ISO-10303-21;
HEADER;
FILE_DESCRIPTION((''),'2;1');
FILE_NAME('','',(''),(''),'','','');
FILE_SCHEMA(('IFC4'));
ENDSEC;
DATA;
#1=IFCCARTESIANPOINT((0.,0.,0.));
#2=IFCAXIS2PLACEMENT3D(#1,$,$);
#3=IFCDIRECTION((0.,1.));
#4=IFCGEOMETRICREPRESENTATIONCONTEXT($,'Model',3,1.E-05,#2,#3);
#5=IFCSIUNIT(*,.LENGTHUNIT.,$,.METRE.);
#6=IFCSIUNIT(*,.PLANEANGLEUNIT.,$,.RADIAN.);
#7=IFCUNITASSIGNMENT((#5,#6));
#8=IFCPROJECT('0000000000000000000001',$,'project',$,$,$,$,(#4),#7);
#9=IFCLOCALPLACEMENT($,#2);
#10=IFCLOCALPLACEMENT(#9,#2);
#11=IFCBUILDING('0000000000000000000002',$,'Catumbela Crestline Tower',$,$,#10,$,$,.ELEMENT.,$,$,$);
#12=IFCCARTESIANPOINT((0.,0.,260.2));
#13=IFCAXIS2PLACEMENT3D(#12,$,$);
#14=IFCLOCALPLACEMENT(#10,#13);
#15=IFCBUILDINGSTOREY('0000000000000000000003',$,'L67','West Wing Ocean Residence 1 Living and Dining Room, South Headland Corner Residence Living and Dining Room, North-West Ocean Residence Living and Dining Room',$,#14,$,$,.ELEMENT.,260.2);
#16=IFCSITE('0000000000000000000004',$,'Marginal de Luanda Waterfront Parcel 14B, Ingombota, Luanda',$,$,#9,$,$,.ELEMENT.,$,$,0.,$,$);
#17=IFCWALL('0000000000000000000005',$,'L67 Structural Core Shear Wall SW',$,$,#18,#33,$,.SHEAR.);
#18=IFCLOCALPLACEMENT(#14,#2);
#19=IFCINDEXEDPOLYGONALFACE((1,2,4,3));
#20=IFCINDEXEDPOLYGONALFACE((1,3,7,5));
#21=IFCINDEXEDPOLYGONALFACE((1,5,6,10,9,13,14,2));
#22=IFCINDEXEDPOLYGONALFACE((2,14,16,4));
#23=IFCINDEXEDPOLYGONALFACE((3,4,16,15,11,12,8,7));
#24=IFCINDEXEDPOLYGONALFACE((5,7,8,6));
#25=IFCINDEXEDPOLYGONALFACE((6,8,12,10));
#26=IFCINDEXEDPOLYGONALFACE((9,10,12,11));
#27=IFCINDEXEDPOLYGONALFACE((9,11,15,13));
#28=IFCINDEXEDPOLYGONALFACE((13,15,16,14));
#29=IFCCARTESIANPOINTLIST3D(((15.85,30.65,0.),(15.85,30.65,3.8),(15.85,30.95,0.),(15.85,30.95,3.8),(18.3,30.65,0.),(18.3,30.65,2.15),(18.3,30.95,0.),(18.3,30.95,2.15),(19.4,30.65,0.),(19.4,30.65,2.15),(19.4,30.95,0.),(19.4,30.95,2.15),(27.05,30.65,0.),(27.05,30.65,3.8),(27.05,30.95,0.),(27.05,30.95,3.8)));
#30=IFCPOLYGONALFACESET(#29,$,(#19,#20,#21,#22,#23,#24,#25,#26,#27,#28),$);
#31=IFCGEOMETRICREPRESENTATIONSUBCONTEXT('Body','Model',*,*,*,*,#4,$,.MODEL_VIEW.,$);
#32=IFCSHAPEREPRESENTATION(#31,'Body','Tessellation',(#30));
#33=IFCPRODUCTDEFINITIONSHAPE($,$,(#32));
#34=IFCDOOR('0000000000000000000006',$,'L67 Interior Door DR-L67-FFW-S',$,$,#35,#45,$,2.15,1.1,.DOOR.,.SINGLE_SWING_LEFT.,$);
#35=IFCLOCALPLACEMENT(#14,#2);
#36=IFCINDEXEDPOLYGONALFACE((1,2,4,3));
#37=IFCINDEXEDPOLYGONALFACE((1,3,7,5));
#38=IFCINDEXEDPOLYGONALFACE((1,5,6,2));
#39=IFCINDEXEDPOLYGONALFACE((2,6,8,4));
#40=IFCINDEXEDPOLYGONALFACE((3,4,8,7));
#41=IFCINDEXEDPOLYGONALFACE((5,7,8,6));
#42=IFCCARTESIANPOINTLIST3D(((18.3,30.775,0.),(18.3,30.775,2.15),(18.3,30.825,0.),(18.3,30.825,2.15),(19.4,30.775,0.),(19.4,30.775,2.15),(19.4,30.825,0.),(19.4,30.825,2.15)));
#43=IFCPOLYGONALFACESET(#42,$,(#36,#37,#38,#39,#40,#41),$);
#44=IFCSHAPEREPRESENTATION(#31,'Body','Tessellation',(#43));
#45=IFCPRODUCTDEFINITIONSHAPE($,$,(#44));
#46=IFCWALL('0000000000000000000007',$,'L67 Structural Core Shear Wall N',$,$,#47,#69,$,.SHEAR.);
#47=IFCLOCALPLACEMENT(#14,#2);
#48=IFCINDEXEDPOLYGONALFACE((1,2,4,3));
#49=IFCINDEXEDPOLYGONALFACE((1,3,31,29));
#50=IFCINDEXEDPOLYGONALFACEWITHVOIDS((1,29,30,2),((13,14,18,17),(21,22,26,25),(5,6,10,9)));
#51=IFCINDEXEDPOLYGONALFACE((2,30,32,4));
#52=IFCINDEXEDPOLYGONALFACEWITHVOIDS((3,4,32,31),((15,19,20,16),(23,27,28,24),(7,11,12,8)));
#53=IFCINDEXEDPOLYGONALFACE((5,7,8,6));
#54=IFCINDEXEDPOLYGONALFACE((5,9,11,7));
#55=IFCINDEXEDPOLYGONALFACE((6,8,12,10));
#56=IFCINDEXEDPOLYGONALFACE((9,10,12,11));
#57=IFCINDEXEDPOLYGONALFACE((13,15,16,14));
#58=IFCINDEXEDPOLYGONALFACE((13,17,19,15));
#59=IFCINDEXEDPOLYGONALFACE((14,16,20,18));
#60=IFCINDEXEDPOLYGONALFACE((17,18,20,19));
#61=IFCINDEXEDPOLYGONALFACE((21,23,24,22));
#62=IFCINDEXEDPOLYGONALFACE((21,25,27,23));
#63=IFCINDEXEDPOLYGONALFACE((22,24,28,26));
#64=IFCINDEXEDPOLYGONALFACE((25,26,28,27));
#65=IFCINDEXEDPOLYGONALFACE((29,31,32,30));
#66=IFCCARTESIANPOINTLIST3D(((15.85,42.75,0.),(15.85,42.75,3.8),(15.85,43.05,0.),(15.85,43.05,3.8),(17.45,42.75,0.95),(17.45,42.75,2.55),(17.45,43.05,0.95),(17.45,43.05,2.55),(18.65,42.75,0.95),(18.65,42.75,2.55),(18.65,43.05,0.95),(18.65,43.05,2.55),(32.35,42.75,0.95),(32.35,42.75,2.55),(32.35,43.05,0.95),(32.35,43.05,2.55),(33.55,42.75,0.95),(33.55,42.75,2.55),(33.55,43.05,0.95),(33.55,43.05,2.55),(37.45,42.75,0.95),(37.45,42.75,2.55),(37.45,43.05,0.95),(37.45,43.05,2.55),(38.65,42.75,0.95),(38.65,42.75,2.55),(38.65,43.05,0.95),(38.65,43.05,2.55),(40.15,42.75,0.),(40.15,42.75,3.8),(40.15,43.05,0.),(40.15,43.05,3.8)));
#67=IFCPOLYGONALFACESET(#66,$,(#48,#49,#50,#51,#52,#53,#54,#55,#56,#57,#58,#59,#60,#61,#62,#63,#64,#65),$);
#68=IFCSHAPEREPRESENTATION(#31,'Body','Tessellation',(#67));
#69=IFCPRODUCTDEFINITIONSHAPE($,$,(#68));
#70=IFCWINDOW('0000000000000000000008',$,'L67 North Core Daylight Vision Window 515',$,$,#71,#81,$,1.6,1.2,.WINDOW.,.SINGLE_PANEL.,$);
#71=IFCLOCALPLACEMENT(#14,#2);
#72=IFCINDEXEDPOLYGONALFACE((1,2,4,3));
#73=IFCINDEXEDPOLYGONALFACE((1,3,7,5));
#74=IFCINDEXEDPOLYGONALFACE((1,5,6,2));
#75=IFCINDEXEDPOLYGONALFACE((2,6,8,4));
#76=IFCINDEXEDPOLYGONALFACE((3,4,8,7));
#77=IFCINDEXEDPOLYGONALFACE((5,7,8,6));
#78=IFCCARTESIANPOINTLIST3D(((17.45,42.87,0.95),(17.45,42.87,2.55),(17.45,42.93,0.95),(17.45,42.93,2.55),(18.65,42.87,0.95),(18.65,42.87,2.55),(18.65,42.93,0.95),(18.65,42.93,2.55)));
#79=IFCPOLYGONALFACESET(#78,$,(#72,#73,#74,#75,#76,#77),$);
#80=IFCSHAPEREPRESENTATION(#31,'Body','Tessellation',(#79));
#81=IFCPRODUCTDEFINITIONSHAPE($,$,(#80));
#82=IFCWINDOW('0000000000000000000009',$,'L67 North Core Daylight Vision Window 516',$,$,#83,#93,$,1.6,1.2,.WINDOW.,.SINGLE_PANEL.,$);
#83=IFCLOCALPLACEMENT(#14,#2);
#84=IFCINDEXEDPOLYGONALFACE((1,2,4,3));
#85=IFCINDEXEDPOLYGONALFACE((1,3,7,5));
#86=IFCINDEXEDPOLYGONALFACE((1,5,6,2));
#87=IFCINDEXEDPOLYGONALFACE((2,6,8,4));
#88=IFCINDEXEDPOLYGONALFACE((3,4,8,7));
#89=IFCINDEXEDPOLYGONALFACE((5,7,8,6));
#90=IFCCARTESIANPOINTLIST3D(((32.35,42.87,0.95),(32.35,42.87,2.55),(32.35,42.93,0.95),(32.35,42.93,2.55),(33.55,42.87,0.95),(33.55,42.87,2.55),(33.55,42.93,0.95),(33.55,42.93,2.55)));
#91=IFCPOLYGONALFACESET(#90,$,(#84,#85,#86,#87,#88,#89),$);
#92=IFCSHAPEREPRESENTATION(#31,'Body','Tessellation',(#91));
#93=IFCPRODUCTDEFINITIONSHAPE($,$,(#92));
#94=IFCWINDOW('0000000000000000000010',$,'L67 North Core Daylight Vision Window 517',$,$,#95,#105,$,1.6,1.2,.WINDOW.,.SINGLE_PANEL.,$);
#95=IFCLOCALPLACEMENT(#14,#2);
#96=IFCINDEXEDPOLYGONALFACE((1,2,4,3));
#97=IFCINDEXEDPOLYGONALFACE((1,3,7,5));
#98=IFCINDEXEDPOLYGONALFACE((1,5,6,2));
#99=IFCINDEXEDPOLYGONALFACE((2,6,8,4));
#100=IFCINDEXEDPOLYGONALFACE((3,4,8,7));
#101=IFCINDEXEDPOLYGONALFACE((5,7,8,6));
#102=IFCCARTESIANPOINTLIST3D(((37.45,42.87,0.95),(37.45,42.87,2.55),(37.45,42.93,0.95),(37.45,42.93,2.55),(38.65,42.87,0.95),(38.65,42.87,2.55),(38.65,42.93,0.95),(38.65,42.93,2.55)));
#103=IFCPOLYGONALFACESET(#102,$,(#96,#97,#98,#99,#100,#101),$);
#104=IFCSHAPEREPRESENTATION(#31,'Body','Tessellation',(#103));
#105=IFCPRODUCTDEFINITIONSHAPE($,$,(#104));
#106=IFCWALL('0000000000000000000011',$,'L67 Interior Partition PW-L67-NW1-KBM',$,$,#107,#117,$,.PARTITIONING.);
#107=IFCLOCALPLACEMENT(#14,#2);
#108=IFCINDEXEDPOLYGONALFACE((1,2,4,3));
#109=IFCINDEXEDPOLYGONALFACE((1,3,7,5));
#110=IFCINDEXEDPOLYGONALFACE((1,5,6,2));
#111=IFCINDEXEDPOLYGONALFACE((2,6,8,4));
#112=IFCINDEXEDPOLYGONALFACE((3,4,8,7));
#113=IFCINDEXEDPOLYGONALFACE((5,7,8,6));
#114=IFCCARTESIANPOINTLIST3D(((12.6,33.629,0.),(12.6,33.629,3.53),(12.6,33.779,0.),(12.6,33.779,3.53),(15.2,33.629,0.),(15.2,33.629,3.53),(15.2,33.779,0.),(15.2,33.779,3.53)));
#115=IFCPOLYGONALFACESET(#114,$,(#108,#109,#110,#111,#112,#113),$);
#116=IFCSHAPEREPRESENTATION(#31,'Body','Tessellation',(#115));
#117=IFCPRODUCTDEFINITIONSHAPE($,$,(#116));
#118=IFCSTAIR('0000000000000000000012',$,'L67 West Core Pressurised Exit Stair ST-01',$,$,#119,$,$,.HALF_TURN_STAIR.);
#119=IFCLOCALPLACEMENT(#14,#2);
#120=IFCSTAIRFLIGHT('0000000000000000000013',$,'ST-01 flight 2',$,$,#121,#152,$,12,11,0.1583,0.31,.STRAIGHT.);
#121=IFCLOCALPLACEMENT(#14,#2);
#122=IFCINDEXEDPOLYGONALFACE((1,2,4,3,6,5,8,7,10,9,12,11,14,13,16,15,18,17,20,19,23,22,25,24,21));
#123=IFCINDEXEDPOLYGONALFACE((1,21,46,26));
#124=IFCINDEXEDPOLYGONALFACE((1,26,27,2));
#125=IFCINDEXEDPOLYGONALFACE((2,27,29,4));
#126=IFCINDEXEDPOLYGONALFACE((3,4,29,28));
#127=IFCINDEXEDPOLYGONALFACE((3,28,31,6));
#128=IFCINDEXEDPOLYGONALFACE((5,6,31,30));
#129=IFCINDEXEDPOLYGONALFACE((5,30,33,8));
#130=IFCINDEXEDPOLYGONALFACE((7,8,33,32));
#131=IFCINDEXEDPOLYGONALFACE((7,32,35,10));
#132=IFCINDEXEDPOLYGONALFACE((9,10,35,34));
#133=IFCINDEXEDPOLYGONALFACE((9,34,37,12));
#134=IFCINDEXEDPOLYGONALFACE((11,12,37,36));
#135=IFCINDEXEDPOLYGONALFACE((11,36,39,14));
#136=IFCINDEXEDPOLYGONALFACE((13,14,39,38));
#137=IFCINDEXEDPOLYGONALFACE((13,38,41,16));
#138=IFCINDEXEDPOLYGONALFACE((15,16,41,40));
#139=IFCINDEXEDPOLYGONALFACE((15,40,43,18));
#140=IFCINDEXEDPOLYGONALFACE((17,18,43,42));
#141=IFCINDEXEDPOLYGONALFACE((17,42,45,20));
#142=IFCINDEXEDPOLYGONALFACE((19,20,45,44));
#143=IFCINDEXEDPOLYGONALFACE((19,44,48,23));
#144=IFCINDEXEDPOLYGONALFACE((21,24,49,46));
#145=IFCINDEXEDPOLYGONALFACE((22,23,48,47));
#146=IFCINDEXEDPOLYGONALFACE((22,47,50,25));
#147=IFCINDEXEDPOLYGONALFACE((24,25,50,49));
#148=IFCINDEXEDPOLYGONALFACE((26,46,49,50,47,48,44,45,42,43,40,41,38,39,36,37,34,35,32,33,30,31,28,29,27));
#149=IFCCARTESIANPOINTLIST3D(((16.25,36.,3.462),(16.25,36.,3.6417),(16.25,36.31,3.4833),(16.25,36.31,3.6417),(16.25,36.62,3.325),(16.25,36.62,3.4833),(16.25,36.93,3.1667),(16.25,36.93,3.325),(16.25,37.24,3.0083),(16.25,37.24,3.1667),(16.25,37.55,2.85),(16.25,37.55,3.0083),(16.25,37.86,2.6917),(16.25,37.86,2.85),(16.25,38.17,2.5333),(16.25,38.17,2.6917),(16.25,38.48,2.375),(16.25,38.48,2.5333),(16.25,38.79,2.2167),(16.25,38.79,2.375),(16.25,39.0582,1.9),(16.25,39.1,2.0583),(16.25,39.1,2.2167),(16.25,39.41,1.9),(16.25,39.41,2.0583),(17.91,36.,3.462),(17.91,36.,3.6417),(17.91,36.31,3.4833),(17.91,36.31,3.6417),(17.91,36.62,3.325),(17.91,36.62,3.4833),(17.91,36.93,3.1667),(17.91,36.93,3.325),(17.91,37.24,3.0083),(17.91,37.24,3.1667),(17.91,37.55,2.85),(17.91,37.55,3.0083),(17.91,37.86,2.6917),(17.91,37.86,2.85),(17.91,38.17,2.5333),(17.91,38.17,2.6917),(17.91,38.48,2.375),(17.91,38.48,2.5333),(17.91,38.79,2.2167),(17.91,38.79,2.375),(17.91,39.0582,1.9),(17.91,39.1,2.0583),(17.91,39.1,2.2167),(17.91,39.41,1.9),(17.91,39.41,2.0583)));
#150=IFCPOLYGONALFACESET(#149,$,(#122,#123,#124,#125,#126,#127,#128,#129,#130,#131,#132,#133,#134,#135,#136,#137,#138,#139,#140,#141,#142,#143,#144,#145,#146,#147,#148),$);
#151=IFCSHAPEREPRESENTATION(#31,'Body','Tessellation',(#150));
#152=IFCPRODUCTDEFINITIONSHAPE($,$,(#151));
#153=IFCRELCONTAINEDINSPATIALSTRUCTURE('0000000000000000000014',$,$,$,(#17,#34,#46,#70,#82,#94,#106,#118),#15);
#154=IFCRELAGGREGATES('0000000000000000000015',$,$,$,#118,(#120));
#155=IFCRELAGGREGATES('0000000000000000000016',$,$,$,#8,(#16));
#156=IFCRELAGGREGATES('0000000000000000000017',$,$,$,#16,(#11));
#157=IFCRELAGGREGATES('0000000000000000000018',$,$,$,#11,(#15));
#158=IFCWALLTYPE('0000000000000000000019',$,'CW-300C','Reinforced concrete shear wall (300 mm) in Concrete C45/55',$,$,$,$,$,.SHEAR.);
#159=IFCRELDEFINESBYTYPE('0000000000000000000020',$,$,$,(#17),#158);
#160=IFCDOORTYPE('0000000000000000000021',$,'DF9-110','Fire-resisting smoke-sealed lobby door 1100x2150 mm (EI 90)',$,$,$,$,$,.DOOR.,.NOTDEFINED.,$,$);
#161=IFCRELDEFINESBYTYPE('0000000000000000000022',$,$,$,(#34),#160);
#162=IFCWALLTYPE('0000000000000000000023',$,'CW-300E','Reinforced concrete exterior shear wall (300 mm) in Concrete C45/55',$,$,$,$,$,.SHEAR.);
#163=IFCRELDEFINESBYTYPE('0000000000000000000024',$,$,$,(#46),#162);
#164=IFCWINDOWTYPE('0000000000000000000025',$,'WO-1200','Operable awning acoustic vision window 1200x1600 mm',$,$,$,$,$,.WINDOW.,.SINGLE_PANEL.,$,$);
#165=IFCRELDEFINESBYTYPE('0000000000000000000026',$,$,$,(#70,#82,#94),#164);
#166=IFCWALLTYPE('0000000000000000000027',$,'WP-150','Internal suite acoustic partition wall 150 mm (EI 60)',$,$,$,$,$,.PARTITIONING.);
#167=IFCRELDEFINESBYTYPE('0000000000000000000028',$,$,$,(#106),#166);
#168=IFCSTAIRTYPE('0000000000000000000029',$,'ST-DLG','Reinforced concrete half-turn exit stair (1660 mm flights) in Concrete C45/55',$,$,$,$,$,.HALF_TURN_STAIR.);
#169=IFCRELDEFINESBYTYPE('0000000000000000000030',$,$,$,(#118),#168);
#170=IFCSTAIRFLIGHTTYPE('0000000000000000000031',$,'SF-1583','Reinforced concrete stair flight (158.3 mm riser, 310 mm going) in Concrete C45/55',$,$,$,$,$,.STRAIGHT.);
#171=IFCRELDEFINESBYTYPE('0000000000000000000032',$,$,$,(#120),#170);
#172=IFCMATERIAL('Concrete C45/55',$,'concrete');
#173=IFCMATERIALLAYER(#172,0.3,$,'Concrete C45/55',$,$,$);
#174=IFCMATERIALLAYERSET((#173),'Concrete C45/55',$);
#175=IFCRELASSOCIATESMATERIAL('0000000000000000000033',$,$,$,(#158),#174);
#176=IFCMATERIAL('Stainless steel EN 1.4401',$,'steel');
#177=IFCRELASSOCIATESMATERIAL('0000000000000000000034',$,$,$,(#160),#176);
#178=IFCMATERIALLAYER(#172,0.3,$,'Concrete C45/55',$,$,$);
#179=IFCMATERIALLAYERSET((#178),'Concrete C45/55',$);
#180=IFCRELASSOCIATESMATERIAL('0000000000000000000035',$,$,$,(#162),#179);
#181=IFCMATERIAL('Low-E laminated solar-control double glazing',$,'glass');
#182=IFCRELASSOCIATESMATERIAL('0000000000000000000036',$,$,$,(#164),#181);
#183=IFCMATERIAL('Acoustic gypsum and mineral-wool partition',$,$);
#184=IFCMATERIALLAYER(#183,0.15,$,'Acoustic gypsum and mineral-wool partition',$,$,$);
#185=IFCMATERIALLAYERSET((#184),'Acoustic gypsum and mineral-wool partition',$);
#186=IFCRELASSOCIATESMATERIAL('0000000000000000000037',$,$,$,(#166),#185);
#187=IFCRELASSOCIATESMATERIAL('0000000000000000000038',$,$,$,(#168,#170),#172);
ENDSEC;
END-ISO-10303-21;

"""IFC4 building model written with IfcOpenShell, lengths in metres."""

from ifc_helpers import new_model, si_unit, direction, frame, frame_2d, origin, place, context, subcontext, project, spatial, polyline, rectangle, outline, extrude, material, layer, layer_set, type_object, element, fill, aggregate, save


model = new_model("IFC4")

# Units and contexts
model_context = context("Model", 3, precision=1e-05, world=origin(), true_north=direction((0.0, 1.0)))
body_context = subcontext(model_context, "Body", "Model", "MODEL_VIEW")
ifc_project = project(units=[si_unit("LENGTHUNIT", "METRE"), si_unit("PLANEANGLEUNIT", "RADIAN")], contexts=[model_context])

# Site, building, storey
site_placement = place(None, origin())
site = spatial("IfcSite", under=ifc_project, at=site_placement, Name="Marginal de Luanda Waterfront Parcel 14B, Ingombota, Luanda", CompositionType="ELEMENT", RefElevation=0.0)
building_placement = place(site_placement, origin())
building = spatial("IfcBuilding", under=site, at=building_placement, Name="Catumbela Crestline Tower", CompositionType="ELEMENT")
storey_placement = place(building_placement, frame((0.0, 0.0, 260.2)))
storey = spatial("IfcBuildingStorey", under=building, at=storey_placement, Name="L67", Description="West Wing Ocean Residence 1 Living and Dining Room, South Headland Corner Residence Living and Dining Room, North-West Ocean Residence Living and Dining Room", CompositionType="ELEMENT", Elevation=260.2)

# Shared definitions
ifc_material_1 = material(Name="Low-E laminated solar-control double glazing", Category="glass")

# Shared definitions
ifc_material_2 = material(Name="Stainless steel EN 1.4401", Category="steel")

# Wall, opening, door
ifc_material_3 = material(Name="Concrete C45/55", Category="concrete")
ifc_layer_1 = layer(ifc_material_3, 0.3, Name="Concrete C45/55")
ifc_layer_set_1 = layer_set([ifc_layer_1], Name="Concrete C45/55")
wall_type_1 = type_object("IfcWallType", Name="CW-300C", Description="Reinforced concrete shear wall (300 mm) in Concrete C45/55", PredefinedType="SHEAR", material=ifc_layer_set_1)
wall_1_placement = place(storey_placement, frame((15.85, 30.8, 0.0), z_axis=(0.0, 0.0, 1.0), x_axis=(1.0, 0.0, 0.0)))
wall_1 = element("IfcWall", 1, at=wall_1_placement, inside=storey, type_object=wall_type_1, Name="L67 Structural Core Shear Wall SW", PredefinedType="SHEAR", context=body_context, shape_type="SweptSolid", body=[
    extrude(rectangle(XDim=11.2, YDim=0.3, at=frame_2d((5.6, 0.0))), origin(), (0.0, 0.0, 1.0), 3.8),
])
opening_1_placement = place(wall_1_placement, frame((2.45, 0.0, 0.0)))
opening_1 = element("IfcOpeningElement", 2, at=opening_1_placement, cuts=wall_1, PredefinedType="OPENING", context=body_context, shape_type="SweptSolid", body=[
    extrude(rectangle(XDim=1.1, YDim=2.15, at=frame_2d((0.55, 1.075))), frame((0.0, 0.16, 0.0), z_axis=(0.0, -1.0, 0.0), x_axis=(1.0, 0.0, 0.0)), (0.0, 0.0, 1.0), 0.32),
])
door_type_1 = type_object("IfcDoorType", Name="DF9-110", Description="Fire-resisting smoke-sealed lobby door 1100x2150 mm (EI 90)", OperationType="NOTDEFINED", PredefinedType="DOOR", material=ifc_material_2)
door_1_placement = place(opening_1_placement, origin())
door_1 = element("IfcDoor", 3, at=door_1_placement, inside=storey, type_object=door_type_1, Name="L67 Interior Door DR-L67-FFW-S", OperationType="SINGLE_SWING_LEFT", OverallHeight=2.15, OverallWidth=1.1, PredefinedType="DOOR", context=body_context, shape_type="SweptSolid", body=[
    extrude(rectangle(XDim=1.1, YDim=2.15, at=frame_2d((0.55, 1.075))), frame((0.0, 0.025, 0.0), z_axis=(0.0, -1.0, 0.0), x_axis=(1.0, 0.0, 0.0)), (0.0, 0.0, 1.0), 0.05),
])
fill(opening_1, door_1)

# Wall, openings, windows
ifc_layer_2 = layer(ifc_material_3, 0.3, Name="Concrete C45/55")
ifc_layer_set_2 = layer_set([ifc_layer_2], Name="Concrete C45/55")
wall_type_2 = type_object("IfcWallType", Name="CW-300E", Description="Reinforced concrete exterior shear wall (300 mm) in Concrete C45/55", PredefinedType="SHEAR", material=ifc_layer_set_2)
wall_2_placement = place(storey_placement, frame((15.85, 42.9, 0.0), z_axis=(0.0, 0.0, 1.0), x_axis=(1.0, 0.0, 0.0)))
wall_2 = element("IfcWall", 4, at=wall_2_placement, inside=storey, type_object=wall_type_2, Name="L67 Structural Core Shear Wall N", PredefinedType="SHEAR", context=body_context, shape_type="SweptSolid", body=[
    extrude(rectangle(XDim=24.3, YDim=0.3, at=frame_2d((12.15, 0.0))), origin(), (0.0, 0.0, 1.0), 3.8),
])
opening_2_placement = place(wall_2_placement, frame((1.6, 0.0, 0.95)))
opening_2 = element("IfcOpeningElement", 5, at=opening_2_placement, cuts=wall_2, PredefinedType="OPENING", context=body_context, shape_type="SweptSolid", body=[
    extrude(rectangle(XDim=1.2, YDim=1.6, at=frame_2d((0.6, 0.8))), frame((0.0, 0.16, 0.0), z_axis=(0.0, -1.0, 0.0), x_axis=(1.0, 0.0, 0.0)), (0.0, 0.0, 1.0), 0.32),
])
opening_3_placement = place(wall_2_placement, frame((16.5, 0.0, 0.95)))
opening_3 = element("IfcOpeningElement", 6, at=opening_3_placement, cuts=wall_2, PredefinedType="OPENING", context=body_context, shape_type="SweptSolid", body=[
    extrude(rectangle(XDim=1.2, YDim=1.6, at=frame_2d((0.6, 0.8))), frame((0.0, 0.16, 0.0), z_axis=(0.0, -1.0, 0.0), x_axis=(1.0, 0.0, 0.0)), (0.0, 0.0, 1.0), 0.32),
])
opening_4_placement = place(wall_2_placement, frame((21.6, 0.0, 0.95)))
opening_4 = element("IfcOpeningElement", 7, at=opening_4_placement, cuts=wall_2, PredefinedType="OPENING", context=body_context, shape_type="SweptSolid", body=[
    extrude(rectangle(XDim=1.2, YDim=1.6, at=frame_2d((0.6, 0.8))), frame((0.0, 0.16, 0.0), z_axis=(0.0, -1.0, 0.0), x_axis=(1.0, 0.0, 0.0)), (0.0, 0.0, 1.0), 0.32),
])
window_type = type_object("IfcWindowType", Name="WO-1200", Description="Operable awning acoustic vision window 1200x1600 mm", PartitioningType="SINGLE_PANEL", PredefinedType="WINDOW", material=ifc_material_1)
window_1_placement = place(opening_2_placement, origin())
window_1 = element("IfcWindow", 8, at=window_1_placement, inside=storey, type_object=window_type, Name="L67 North Core Daylight Vision Window 515", OverallHeight=1.6, OverallWidth=1.2, PartitioningType="SINGLE_PANEL", PredefinedType="WINDOW", context=body_context, shape_type="SweptSolid", body=[
    extrude(rectangle(XDim=1.2, YDim=1.6, at=frame_2d((0.6, 0.8))), frame((0.0, 0.03, 0.0), z_axis=(0.0, -1.0, 0.0), x_axis=(1.0, 0.0, 0.0)), (0.0, 0.0, 1.0), 0.06),
])
fill(opening_2, window_1)
window_2_placement = place(opening_3_placement, origin())
window_2 = element("IfcWindow", 9, at=window_2_placement, inside=storey, type_object=window_type, Name="L67 North Core Daylight Vision Window 516", OverallHeight=1.6, OverallWidth=1.2, PartitioningType="SINGLE_PANEL", PredefinedType="WINDOW", context=body_context, shape_type="SweptSolid", body=[
    extrude(rectangle(XDim=1.2, YDim=1.6, at=frame_2d((0.6, 0.8))), frame((0.0, 0.03, 0.0), z_axis=(0.0, -1.0, 0.0), x_axis=(1.0, 0.0, 0.0)), (0.0, 0.0, 1.0), 0.06),
])
fill(opening_3, window_2)
window_3_placement = place(opening_4_placement, origin())
window_3 = element("IfcWindow", 10, at=window_3_placement, inside=storey, type_object=window_type, Name="L67 North Core Daylight Vision Window 517", OverallHeight=1.6, OverallWidth=1.2, PartitioningType="SINGLE_PANEL", PredefinedType="WINDOW", context=body_context, shape_type="SweptSolid", body=[
    extrude(rectangle(XDim=1.2, YDim=1.6, at=frame_2d((0.6, 0.8))), frame((0.0, 0.03, 0.0), z_axis=(0.0, -1.0, 0.0), x_axis=(1.0, 0.0, 0.0)), (0.0, 0.0, 1.0), 0.06),
])
fill(opening_4, window_3)

# Wall
ifc_material_4 = material(Name="Acoustic gypsum and mineral-wool partition")
ifc_layer_3 = layer(ifc_material_4, 0.15, Name="Acoustic gypsum and mineral-wool partition")
ifc_layer_set_3 = layer_set([ifc_layer_3], Name="Acoustic gypsum and mineral-wool partition")
wall_type_3 = type_object("IfcWallType", Name="WP-150", Description="Internal suite acoustic partition wall 150 mm (EI 60)", PredefinedType="PARTITIONING", material=ifc_layer_set_3)
wall_3_placement = place(storey_placement, frame((12.6, 33.704, 0.0), z_axis=(0.0, 0.0, 1.0), x_axis=(1.0, 0.0, 0.0)))
element("IfcWall", 11, at=wall_3_placement, inside=storey, type_object=wall_type_3, Name="L67 Interior Partition PW-L67-NW1-KBM", PredefinedType="PARTITIONING", context=body_context, shape_type="SweptSolid", body=[
    extrude(rectangle(XDim=2.6, YDim=0.15, at=frame_2d((1.3, 0.0))), origin(), (0.0, 0.0, 1.0), 3.53),
])

# Stair, stair flight
stair_type = type_object("IfcStairType", Name="ST-DLG", Description="Reinforced concrete half-turn exit stair (1660 mm flights) in Concrete C45/55", PredefinedType="HALF_TURN_STAIR", material=ifc_material_3)
stair_placement = place(storey_placement, origin())
stair = element("IfcStair", 12, at=stair_placement, inside=storey, type_object=stair_type, Name="L67 West Core Pressurised Exit Stair ST-01", PredefinedType="HALF_TURN_STAIR")
stair_flight_type = type_object("IfcStairFlightType", Name="SF-1583", Description="Reinforced concrete stair flight (158.3 mm riser, 310 mm going) in Concrete C45/55", PredefinedType="STRAIGHT", material=ifc_material_3)
stair_flight_placement = place(storey_placement, frame((17.08, 39.41, 1.9), z_axis=(0.0, 0.0, 1.0), x_axis=(0.0, -1.0, 0.0)))
stair_flight = element("IfcStairFlight", 13, at=stair_flight_placement, type_object=stair_flight_type, Name="ST-01 flight 2", NumberOfRisers=12, NumberOfTreads=11, PredefinedType="STRAIGHT", RiserHeight=0.1583, TreadLength=0.31, context=body_context, shape_type="SweptSolid", body=[
    extrude(outline(polyline([(0.0, 0.0), (0.0, 0.1583), (0.31, 0.1583), (0.31, 0.3167), (0.62, 0.3167), (0.62, 0.475), (0.93, 0.475), (0.93, 0.6333), (1.24, 0.6333), (1.24, 0.7917), (1.55, 0.7917), (1.55, 0.95), (1.86, 0.95), (1.86, 1.1083), (2.17, 1.1083), (2.17, 1.2667), (2.48, 1.2667), (2.48, 1.425), (2.79, 1.425), (2.79, 1.5833), (3.1, 1.5833), (3.1, 1.7417), (3.41, 1.7417), (3.41, 1.9), (3.41, 1.562), (0.3518, 0.0), (0.0, 0.0)])), frame((0.0, 0.83, 0.0), z_axis=(0.0, -1.0, 0.0), x_axis=(1.0, 0.0, 0.0)), (0.0, 0.0, 1.0), 1.66),
])
aggregate(stair, [stair_flight])

save(model, "model.ifc")
